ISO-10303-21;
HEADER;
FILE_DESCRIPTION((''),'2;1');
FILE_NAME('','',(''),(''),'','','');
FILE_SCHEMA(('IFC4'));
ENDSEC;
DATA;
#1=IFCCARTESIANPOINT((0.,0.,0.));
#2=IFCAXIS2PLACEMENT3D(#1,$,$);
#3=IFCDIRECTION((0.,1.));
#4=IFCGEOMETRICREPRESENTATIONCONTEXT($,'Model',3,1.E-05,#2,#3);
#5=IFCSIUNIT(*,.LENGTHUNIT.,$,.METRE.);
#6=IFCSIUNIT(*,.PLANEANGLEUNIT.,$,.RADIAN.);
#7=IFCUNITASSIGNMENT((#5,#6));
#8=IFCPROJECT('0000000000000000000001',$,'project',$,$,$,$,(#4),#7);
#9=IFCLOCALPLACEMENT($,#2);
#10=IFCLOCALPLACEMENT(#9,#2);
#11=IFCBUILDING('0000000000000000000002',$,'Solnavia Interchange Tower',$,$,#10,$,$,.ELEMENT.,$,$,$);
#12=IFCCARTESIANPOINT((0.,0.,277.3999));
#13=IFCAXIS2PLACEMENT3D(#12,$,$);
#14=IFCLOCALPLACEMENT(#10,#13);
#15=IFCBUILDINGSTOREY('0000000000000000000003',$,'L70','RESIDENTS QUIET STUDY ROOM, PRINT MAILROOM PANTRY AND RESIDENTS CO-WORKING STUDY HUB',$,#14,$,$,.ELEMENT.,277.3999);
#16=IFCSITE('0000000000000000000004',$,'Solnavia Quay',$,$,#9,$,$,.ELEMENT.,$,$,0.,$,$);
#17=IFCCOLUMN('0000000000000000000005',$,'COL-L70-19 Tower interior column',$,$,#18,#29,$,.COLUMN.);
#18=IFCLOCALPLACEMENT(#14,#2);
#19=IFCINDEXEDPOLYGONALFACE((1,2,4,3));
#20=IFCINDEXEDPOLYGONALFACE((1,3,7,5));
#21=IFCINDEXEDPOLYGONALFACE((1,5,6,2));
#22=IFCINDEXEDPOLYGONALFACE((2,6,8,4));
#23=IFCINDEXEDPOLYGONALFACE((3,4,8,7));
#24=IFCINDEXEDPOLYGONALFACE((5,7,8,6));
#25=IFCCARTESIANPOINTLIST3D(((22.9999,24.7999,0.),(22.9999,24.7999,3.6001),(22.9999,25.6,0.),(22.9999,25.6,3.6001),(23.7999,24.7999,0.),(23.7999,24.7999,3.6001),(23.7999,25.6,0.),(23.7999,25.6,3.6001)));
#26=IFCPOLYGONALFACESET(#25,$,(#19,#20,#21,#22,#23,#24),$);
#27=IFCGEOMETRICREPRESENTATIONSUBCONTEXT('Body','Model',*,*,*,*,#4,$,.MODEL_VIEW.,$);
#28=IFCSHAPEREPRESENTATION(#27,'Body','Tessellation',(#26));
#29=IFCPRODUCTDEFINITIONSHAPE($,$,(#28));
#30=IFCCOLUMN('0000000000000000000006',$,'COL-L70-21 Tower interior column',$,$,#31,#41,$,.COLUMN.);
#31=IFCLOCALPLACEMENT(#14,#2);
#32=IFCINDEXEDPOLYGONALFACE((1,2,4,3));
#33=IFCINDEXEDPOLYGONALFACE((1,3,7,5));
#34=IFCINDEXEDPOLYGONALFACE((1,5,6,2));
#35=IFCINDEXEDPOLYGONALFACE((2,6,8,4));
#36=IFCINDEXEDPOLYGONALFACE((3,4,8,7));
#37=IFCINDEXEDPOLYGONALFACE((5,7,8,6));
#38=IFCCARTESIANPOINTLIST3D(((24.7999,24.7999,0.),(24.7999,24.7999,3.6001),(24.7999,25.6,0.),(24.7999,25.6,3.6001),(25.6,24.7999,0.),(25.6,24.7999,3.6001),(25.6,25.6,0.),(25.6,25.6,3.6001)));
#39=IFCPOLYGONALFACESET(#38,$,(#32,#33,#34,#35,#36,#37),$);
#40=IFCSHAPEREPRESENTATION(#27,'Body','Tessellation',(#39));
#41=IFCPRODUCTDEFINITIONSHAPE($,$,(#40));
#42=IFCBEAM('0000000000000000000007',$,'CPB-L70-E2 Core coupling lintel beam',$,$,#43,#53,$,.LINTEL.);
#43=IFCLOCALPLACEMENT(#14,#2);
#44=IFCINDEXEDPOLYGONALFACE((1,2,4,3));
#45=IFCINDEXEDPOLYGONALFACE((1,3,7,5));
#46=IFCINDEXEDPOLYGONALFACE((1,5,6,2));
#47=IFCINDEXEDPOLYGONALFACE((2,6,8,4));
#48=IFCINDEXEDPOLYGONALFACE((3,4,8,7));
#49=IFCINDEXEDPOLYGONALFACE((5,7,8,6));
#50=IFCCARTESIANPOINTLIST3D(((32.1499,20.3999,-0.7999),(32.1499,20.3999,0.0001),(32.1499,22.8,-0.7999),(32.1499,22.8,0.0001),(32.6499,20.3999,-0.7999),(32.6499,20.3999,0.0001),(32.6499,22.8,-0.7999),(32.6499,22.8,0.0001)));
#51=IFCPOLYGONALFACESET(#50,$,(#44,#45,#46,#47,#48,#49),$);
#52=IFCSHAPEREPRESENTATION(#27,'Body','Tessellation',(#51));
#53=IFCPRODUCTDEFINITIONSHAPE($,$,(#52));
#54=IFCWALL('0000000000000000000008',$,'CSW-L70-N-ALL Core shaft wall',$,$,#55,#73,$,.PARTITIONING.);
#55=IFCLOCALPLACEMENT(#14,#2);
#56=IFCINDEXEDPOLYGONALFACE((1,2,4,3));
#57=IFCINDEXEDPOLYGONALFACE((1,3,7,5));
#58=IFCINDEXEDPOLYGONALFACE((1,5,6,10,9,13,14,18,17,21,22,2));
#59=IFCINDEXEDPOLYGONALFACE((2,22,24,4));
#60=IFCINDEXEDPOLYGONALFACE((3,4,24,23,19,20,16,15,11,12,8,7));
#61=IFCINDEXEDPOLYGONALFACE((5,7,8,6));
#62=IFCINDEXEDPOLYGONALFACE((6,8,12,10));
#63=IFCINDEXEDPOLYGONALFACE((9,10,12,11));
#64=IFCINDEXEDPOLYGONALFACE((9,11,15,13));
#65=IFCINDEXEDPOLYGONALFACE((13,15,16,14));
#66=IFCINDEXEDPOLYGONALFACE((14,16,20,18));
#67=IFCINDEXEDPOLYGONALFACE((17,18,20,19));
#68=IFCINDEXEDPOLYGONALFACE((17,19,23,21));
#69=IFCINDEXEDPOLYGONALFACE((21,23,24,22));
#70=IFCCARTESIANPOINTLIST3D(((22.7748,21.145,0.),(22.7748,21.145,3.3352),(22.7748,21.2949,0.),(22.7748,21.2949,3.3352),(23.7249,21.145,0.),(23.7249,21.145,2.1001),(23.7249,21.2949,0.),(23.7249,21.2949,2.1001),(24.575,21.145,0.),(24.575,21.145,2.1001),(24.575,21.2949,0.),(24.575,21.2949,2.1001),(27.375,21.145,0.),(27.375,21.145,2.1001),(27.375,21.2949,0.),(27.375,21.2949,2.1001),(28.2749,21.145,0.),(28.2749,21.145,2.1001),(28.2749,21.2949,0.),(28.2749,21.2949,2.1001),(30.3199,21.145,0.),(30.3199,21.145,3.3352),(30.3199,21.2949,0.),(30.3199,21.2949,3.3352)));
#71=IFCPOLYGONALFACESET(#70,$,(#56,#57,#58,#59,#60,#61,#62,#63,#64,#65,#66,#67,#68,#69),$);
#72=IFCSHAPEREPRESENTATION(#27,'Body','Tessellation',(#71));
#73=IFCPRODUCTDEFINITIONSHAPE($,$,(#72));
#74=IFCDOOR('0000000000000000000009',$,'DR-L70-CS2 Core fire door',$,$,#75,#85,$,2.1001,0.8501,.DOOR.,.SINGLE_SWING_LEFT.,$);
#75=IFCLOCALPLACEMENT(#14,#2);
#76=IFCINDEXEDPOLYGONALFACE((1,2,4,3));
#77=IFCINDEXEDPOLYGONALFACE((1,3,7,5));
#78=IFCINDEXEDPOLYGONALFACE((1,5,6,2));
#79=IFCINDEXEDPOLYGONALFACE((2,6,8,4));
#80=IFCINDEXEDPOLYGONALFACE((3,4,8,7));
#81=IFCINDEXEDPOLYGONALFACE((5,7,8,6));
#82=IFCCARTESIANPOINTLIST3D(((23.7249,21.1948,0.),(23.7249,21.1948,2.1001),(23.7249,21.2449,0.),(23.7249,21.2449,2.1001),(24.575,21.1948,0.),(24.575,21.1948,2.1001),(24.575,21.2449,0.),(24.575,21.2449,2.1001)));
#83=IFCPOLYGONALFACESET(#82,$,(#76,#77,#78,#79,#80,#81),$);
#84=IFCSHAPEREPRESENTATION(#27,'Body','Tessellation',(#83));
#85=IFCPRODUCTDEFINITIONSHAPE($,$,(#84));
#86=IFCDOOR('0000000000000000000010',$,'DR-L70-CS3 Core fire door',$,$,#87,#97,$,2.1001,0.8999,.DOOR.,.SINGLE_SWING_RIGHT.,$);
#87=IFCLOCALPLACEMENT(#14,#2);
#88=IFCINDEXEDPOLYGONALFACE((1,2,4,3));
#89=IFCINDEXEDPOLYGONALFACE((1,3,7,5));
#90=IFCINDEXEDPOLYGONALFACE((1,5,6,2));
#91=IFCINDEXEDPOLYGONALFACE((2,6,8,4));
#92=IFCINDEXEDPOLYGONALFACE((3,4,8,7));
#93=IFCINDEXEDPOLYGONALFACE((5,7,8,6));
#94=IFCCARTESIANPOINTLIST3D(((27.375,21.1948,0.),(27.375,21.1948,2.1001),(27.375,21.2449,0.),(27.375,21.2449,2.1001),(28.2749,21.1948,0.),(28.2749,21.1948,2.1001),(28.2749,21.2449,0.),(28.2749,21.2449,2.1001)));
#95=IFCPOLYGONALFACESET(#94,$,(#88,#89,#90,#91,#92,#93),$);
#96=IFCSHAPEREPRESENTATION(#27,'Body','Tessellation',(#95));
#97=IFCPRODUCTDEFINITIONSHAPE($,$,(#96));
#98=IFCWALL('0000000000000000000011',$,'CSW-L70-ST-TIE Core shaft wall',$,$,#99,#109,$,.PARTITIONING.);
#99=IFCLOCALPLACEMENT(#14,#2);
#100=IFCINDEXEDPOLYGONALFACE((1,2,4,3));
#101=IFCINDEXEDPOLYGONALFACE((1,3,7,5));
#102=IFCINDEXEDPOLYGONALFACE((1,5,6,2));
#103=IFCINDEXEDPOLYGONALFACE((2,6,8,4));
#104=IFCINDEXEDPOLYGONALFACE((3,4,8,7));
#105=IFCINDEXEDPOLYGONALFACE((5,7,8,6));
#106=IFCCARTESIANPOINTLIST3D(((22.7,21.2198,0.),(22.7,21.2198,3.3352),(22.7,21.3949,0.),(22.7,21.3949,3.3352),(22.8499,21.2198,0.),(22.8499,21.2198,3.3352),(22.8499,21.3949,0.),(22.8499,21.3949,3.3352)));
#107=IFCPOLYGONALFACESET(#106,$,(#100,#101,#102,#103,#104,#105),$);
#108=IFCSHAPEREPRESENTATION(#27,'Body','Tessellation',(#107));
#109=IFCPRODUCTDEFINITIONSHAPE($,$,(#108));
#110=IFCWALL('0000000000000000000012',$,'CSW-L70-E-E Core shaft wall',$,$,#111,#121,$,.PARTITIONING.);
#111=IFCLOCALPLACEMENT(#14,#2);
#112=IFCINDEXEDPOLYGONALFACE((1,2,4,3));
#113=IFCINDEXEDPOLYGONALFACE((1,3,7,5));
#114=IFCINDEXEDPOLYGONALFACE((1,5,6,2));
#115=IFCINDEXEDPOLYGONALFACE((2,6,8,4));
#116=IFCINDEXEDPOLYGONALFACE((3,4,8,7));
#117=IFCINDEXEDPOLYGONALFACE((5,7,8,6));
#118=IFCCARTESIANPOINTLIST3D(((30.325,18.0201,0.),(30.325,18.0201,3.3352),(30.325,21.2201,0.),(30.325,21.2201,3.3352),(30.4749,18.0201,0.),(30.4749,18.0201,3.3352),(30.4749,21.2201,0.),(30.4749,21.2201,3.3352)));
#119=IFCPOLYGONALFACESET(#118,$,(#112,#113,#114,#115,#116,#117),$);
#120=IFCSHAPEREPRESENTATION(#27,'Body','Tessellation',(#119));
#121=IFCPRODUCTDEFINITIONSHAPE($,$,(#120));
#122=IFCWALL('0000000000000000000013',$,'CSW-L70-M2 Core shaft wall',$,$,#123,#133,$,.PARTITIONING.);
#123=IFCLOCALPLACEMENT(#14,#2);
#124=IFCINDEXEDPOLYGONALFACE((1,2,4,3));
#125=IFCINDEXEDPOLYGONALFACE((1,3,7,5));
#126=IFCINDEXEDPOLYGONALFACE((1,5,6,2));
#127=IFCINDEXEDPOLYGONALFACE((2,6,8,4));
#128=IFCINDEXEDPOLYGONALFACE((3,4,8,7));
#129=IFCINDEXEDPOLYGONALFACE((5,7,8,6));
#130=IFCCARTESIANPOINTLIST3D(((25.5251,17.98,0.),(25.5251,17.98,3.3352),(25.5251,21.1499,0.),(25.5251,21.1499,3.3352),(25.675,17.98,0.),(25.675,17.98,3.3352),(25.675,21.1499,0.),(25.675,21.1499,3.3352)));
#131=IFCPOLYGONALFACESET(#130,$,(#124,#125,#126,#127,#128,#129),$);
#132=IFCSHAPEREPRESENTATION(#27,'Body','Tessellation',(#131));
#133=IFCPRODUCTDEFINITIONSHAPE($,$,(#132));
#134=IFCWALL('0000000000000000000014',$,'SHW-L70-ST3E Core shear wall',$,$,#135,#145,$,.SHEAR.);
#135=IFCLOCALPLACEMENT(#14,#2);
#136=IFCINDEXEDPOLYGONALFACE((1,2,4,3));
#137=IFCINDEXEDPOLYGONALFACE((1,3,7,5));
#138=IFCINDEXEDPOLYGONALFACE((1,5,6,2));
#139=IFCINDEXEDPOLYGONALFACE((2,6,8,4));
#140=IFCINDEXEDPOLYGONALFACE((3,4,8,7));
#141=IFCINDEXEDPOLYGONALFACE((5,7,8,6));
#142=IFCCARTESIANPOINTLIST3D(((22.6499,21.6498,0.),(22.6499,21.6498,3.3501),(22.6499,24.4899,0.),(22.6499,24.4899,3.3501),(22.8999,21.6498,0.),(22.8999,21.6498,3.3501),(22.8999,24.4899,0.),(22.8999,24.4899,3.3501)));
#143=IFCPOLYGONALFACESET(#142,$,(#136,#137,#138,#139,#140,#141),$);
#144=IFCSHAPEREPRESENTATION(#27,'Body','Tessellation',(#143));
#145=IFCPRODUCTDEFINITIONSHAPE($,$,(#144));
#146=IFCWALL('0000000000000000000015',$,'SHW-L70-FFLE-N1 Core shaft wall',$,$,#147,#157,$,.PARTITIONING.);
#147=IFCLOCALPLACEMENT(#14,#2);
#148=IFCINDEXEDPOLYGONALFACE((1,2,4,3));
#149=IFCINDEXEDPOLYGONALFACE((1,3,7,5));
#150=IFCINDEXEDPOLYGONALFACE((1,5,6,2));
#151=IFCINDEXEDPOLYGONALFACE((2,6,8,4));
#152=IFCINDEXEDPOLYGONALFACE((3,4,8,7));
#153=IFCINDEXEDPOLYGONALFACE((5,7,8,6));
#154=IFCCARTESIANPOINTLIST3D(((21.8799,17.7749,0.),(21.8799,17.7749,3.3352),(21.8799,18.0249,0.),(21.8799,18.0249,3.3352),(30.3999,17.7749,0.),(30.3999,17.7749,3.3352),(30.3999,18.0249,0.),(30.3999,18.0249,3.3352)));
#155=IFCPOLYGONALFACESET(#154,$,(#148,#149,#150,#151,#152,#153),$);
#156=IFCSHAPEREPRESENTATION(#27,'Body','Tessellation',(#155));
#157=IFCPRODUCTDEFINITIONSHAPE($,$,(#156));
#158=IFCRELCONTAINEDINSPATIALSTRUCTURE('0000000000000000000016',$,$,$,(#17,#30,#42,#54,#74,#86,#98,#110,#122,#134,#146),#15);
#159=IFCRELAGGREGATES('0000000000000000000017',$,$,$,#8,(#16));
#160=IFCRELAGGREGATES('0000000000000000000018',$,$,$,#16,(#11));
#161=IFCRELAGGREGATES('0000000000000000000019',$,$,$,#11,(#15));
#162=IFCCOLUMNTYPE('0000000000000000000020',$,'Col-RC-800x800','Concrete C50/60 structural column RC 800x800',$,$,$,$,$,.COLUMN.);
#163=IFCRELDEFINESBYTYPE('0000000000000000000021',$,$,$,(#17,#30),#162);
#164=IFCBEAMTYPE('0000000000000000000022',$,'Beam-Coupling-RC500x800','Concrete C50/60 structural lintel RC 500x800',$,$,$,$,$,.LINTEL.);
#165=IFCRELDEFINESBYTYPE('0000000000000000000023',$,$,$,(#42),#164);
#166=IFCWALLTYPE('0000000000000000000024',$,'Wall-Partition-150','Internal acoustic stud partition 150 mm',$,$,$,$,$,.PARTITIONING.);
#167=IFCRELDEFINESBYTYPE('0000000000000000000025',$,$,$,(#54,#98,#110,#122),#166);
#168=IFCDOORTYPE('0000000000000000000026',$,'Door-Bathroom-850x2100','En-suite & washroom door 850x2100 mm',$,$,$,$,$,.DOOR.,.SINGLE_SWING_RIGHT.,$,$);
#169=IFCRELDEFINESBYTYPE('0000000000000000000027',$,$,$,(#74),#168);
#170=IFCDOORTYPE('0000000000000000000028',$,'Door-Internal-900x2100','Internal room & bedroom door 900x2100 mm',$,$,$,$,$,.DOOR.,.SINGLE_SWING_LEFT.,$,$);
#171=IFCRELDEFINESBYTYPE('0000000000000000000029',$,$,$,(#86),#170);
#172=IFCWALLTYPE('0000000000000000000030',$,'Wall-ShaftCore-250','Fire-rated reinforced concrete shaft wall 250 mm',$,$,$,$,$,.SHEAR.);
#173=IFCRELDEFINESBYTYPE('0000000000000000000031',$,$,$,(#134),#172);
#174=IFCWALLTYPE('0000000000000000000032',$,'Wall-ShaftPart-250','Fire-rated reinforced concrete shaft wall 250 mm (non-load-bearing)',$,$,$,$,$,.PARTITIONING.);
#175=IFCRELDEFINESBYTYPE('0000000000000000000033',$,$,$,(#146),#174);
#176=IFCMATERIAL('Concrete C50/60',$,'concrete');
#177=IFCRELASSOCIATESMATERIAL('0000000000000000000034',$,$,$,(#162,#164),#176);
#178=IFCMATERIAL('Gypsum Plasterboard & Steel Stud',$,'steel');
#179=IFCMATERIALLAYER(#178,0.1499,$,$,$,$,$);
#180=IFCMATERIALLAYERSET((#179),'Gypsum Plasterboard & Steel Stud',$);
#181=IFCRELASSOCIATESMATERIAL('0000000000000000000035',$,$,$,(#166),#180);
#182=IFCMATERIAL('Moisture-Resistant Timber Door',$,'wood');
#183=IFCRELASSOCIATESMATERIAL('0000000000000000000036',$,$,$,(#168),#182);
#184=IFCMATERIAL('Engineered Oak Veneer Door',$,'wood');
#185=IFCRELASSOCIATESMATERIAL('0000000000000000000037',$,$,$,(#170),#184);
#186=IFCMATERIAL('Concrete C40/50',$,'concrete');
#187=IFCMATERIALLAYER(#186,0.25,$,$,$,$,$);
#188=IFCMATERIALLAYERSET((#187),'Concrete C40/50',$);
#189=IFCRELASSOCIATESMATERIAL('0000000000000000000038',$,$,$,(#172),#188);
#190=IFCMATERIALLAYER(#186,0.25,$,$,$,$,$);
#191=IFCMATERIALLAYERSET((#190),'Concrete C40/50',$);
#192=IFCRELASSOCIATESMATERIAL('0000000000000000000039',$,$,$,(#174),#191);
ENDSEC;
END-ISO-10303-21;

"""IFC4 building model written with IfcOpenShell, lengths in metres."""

from ifc_helpers import new_model, si_unit, direction, frame, frame_2d, origin, origin_2d, place, context, subcontext, project, spatial, rectangle, extrude, material, layer, layer_set, material_profile, profile_set, type_object, element, fill, save


model = new_model("IFC4")

# Units and contexts
model_context = context("Model", 3, precision=1e-05, world=origin(), true_north=direction((0.0, 1.0)))
body_context = subcontext(model_context, "Body", "Model", "MODEL_VIEW")
ifc_project = project(units=[si_unit("LENGTHUNIT", "METRE"), si_unit("PLANEANGLEUNIT", "RADIAN")], contexts=[model_context])

# Site, building, storey
site_placement = place(None, origin())
site = spatial("IfcSite", under=ifc_project, at=site_placement, Name="Solnavia Quay", CompositionType="ELEMENT", RefElevation=0.0)
building_placement = place(site_placement, origin())
building = spatial("IfcBuilding", under=site, at=building_placement, Name="Solnavia Interchange Tower", CompositionType="ELEMENT")
storey_placement = place(building_placement, frame((0.0, 0.0, 277.3999)))
storey = spatial("IfcBuildingStorey", under=building, at=storey_placement, Name="L70", Description="RESIDENTS QUIET STUDY ROOM, PRINT MAILROOM PANTRY AND RESIDENTS CO-WORKING STUDY HUB", CompositionType="ELEMENT", Elevation=277.3999)

# Columns
ifc_material_1 = material(Name="Concrete C50/60", Category="concrete")
ifc_material_profile_1 = material_profile(ifc_material_1, rectangle(XDim=0.8, YDim=0.8, at=origin_2d()), Name="RC 800x800")
ifc_profile_set_1 = profile_set([ifc_material_profile_1], Name="Concrete C50/60")
column_type = type_object("IfcColumnType", Name="Col-RC-800x800", Description="Concrete C50/60 structural column RC 800x800", PredefinedType="COLUMN", material=ifc_profile_set_1)
for number, where, z_axis, x_axis, name in (
    (1, (23.3999, 25.2, 0.0), (0.0, 0.0, 1.0), (1.0, 0.0, 0.0), "COL-L70-19 Tower interior column"),
    (2, (25.2, 25.2, 0.0), (0.0, 0.0, 1.0), (1.0, 0.0, 0.0), "COL-L70-21 Tower interior column"),
):
    element("IfcColumn", number, at=place(storey_placement, frame(where, z_axis=z_axis, x_axis=x_axis)), inside=storey, type_object=column_type, Name=name, PredefinedType="COLUMN", context=body_context, shape_type="SweptSolid", body=[
        extrude(rectangle(XDim=0.8, YDim=0.8, at=origin_2d()), origin(), (0.0, 0.0, 1.0), 3.6001),
    ])

# Beam
ifc_material_profile_2 = material_profile(ifc_material_1, rectangle(XDim=0.5, YDim=0.8, at=origin_2d()), Name="RC 500x800")
ifc_profile_set_2 = profile_set([ifc_material_profile_2], Name="Concrete C50/60")
beam_type = type_object("IfcBeamType", Name="Beam-Coupling-RC500x800", Description="Concrete C50/60 structural lintel RC 500x800", PredefinedType="LINTEL", material=ifc_profile_set_2)
beam_placement = place(storey_placement, frame((32.3999, 20.3999, -0.3999), z_axis=(0.0, 1.0, 0.0), x_axis=(-1.0, 0.0, 0.0)))
element("IfcBeam", 3, at=beam_placement, inside=storey, type_object=beam_type, Name="CPB-L70-E2 Core coupling lintel beam", PredefinedType="LINTEL", context=body_context, shape_type="SweptSolid", body=[
    extrude(rectangle(XDim=0.5, YDim=0.8, at=origin_2d()), origin(), (0.0, 0.0, 1.0), 2.4001),
])

# Wall, openings, doors
ifc_material_2 = material(Name="Gypsum Plasterboard & Steel Stud", Category="steel")
ifc_layer_1 = layer(ifc_material_2, 0.1499)
ifc_layer_set_1 = layer_set([ifc_layer_1], Name="Gypsum Plasterboard & Steel Stud")
wall_type_1 = type_object("IfcWallType", Name="Wall-Partition-150", Description="Internal acoustic stud partition 150 mm", PredefinedType="PARTITIONING", material=ifc_layer_set_1)
wall_1_placement = place(storey_placement, frame((22.7749, 21.22, 0.0), z_axis=(0.0, 0.0, 1.0), x_axis=(1.0, 0.0, 0.0)))
wall_1 = element("IfcWall", 4, at=wall_1_placement, inside=storey, type_object=wall_type_1, Name="CSW-L70-N-ALL Core shaft wall", PredefinedType="PARTITIONING", context=body_context, shape_type="SweptSolid", body=[
    extrude(rectangle(XDim=7.5452, YDim=0.1499, at=frame_2d((3.7725, 0.0))), origin(), (0.0, 0.0, 1.0), 3.3352),
])
opening_1_placement = place(wall_1_placement, frame((0.95, 0.0, 0.0)))
opening_1 = element("IfcOpeningElement", 5, at=opening_1_placement, cuts=wall_1, PredefinedType="OPENING", context=body_context, shape_type="SweptSolid", body=[
    extrude(rectangle(XDim=0.8501, YDim=2.1001, at=frame_2d((0.425, 1.05))), frame((0.0, 0.085, 0.0), z_axis=(0.0, -1.0, 0.0), x_axis=(1.0, 0.0, 0.0)), (0.0, 0.0, 1.0), 0.1699),
])
opening_2_placement = place(wall_1_placement, frame((4.6001, 0.0, 0.0)))
opening_2 = element("IfcOpeningElement", 6, at=opening_2_placement, cuts=wall_1, PredefinedType="OPENING", context=body_context, shape_type="SweptSolid", body=[
    extrude(rectangle(XDim=0.8999, YDim=2.1001, at=frame_2d((0.45, 1.05))), frame((0.0, 0.085, 0.0), z_axis=(0.0, -1.0, 0.0), x_axis=(1.0, 0.0, 0.0)), (0.0, 0.0, 1.0), 0.1699),
])
ifc_material_3 = material(Name="Moisture-Resistant Timber Door", Category="wood")
door_type_1 = type_object("IfcDoorType", Name="Door-Bathroom-850x2100", Description="En-suite & washroom door 850x2100 mm", OperationType="SINGLE_SWING_RIGHT", PredefinedType="DOOR", material=ifc_material_3)
door_1_placement = place(opening_1_placement, origin())
door_1 = element("IfcDoor", 7, at=door_1_placement, inside=storey, type_object=door_type_1, Name="DR-L70-CS2 Core fire door", OperationType="SINGLE_SWING_LEFT", OverallHeight=2.1001, OverallWidth=0.8501, PredefinedType="DOOR", context=body_context, shape_type="SweptSolid", body=[
    extrude(rectangle(XDim=0.8501, YDim=2.1001, at=frame_2d((0.425, 1.05))), frame((0.0, 0.0249, 0.0), z_axis=(0.0, -1.0, 0.0), x_axis=(1.0, 0.0, 0.0)), (0.0, 0.0, 1.0), 0.05),
])
fill(opening_1, door_1)
ifc_material_4 = material(Name="Engineered Oak Veneer Door", Category="wood")
door_type_2 = type_object("IfcDoorType", Name="Door-Internal-900x2100", Description="Internal room & bedroom door 900x2100 mm", OperationType="SINGLE_SWING_LEFT", PredefinedType="DOOR", material=ifc_material_4)
door_2_placement = place(opening_2_placement, origin())
door_2 = element("IfcDoor", 8, at=door_2_placement, inside=storey, type_object=door_type_2, Name="DR-L70-CS3 Core fire door", OperationType="SINGLE_SWING_RIGHT", OverallHeight=2.1001, OverallWidth=0.8999, PredefinedType="DOOR", context=body_context, shape_type="SweptSolid", body=[
    extrude(rectangle(XDim=0.8999, YDim=2.1001, at=frame_2d((0.45, 1.05))), frame((0.0, 0.0249, 0.0), z_axis=(0.0, -1.0, 0.0), x_axis=(1.0, 0.0, 0.0)), (0.0, 0.0, 1.0), 0.05),
])
fill(opening_2, door_2)

# Walls
wall_2_placement = place(storey_placement, frame((22.7749, 21.22, 0.0), z_axis=(0.0, 0.0, 1.0), x_axis=(0.0, 1.0, 0.0)))
element("IfcWall", 9, at=wall_2_placement, inside=storey, type_object=wall_type_1, Name="CSW-L70-ST-TIE Core shaft wall", PredefinedType="PARTITIONING", context=body_context, shape_type="SweptSolid", body=[
    extrude(rectangle(XDim=0.175, YDim=0.1499, at=frame_2d((0.0874, 0.0))), origin(), (0.0, 0.0, 1.0), 3.3352),
])
wall_3_placement = place(storey_placement, frame((30.3999, 18.02, 0.0), z_axis=(0.0, 0.0, 1.0), x_axis=(0.0, 1.0, 0.0)))
element("IfcWall", 10, at=wall_3_placement, inside=storey, type_object=wall_type_1, Name="CSW-L70-E-E Core shaft wall", PredefinedType="PARTITIONING", context=body_context, shape_type="SweptSolid", body=[
    extrude(rectangle(XDim=3.2, YDim=0.1499, at=frame_2d((1.6001, 0.0))), origin(), (0.0, 0.0, 1.0), 3.3352),
])
wall_4_placement = place(storey_placement, frame((25.6001, 17.98, 0.0), z_axis=(0.0, 0.0, 1.0), x_axis=(0.0, 1.0, 0.0)))
element("IfcWall", 11, at=wall_4_placement, inside=storey, type_object=wall_type_1, Name="CSW-L70-M2 Core shaft wall", PredefinedType="PARTITIONING", context=body_context, shape_type="SweptSolid", body=[
    extrude(rectangle(XDim=3.1699, YDim=0.1499, at=frame_2d((1.585, 0.0))), origin(), (0.0, 0.0, 1.0), 3.3352),
])
ifc_material_5 = material(Name="Concrete C40/50", Category="concrete")
ifc_layer_2 = layer(ifc_material_5, 0.25)
ifc_layer_set_2 = layer_set([ifc_layer_2], Name="Concrete C40/50")
wall_type_2 = type_object("IfcWallType", Name="Wall-ShaftCore-250", Description="Fire-rated reinforced concrete shaft wall 250 mm", PredefinedType="SHEAR", material=ifc_layer_set_2)
wall_5_placement = place(storey_placement, frame((22.7749, 21.6499, 0.0), z_axis=(0.0, 0.0, 1.0), x_axis=(0.0, 1.0, 0.0)))
element("IfcWall", 12, at=wall_5_placement, inside=storey, type_object=wall_type_2, Name="SHW-L70-ST3E Core shear wall", PredefinedType="SHEAR", context=body_context, shape_type="SweptSolid", body=[
    extrude(rectangle(XDim=2.8401, YDim=0.25, at=frame_2d((1.4199, 0.0))), origin(), (0.0, 0.0, 1.0), 3.3501),
])
ifc_layer_3 = layer(ifc_material_5, 0.25)
ifc_layer_set_3 = layer_set([ifc_layer_3], Name="Concrete C40/50")
wall_type_3 = type_object("IfcWallType", Name="Wall-ShaftPart-250", Description="Fire-rated reinforced concrete shaft wall 250 mm (non-load-bearing)", PredefinedType="PARTITIONING", material=ifc_layer_set_3)
wall_6_placement = place(storey_placement, frame((21.8799, 17.8999, 0.0), z_axis=(0.0, 0.0, 1.0), x_axis=(1.0, 0.0, 0.0)))
element("IfcWall", 13, at=wall_6_placement, inside=storey, type_object=wall_type_3, Name="SHW-L70-FFLE-N1 Core shaft wall", PredefinedType="PARTITIONING", context=body_context, shape_type="SweptSolid", body=[
    extrude(rectangle(XDim=8.52, YDim=0.25, at=frame_2d((4.26, 0.0))), origin(), (0.0, 0.0, 1.0), 3.3352),
])

save(model, "model.ifc")
